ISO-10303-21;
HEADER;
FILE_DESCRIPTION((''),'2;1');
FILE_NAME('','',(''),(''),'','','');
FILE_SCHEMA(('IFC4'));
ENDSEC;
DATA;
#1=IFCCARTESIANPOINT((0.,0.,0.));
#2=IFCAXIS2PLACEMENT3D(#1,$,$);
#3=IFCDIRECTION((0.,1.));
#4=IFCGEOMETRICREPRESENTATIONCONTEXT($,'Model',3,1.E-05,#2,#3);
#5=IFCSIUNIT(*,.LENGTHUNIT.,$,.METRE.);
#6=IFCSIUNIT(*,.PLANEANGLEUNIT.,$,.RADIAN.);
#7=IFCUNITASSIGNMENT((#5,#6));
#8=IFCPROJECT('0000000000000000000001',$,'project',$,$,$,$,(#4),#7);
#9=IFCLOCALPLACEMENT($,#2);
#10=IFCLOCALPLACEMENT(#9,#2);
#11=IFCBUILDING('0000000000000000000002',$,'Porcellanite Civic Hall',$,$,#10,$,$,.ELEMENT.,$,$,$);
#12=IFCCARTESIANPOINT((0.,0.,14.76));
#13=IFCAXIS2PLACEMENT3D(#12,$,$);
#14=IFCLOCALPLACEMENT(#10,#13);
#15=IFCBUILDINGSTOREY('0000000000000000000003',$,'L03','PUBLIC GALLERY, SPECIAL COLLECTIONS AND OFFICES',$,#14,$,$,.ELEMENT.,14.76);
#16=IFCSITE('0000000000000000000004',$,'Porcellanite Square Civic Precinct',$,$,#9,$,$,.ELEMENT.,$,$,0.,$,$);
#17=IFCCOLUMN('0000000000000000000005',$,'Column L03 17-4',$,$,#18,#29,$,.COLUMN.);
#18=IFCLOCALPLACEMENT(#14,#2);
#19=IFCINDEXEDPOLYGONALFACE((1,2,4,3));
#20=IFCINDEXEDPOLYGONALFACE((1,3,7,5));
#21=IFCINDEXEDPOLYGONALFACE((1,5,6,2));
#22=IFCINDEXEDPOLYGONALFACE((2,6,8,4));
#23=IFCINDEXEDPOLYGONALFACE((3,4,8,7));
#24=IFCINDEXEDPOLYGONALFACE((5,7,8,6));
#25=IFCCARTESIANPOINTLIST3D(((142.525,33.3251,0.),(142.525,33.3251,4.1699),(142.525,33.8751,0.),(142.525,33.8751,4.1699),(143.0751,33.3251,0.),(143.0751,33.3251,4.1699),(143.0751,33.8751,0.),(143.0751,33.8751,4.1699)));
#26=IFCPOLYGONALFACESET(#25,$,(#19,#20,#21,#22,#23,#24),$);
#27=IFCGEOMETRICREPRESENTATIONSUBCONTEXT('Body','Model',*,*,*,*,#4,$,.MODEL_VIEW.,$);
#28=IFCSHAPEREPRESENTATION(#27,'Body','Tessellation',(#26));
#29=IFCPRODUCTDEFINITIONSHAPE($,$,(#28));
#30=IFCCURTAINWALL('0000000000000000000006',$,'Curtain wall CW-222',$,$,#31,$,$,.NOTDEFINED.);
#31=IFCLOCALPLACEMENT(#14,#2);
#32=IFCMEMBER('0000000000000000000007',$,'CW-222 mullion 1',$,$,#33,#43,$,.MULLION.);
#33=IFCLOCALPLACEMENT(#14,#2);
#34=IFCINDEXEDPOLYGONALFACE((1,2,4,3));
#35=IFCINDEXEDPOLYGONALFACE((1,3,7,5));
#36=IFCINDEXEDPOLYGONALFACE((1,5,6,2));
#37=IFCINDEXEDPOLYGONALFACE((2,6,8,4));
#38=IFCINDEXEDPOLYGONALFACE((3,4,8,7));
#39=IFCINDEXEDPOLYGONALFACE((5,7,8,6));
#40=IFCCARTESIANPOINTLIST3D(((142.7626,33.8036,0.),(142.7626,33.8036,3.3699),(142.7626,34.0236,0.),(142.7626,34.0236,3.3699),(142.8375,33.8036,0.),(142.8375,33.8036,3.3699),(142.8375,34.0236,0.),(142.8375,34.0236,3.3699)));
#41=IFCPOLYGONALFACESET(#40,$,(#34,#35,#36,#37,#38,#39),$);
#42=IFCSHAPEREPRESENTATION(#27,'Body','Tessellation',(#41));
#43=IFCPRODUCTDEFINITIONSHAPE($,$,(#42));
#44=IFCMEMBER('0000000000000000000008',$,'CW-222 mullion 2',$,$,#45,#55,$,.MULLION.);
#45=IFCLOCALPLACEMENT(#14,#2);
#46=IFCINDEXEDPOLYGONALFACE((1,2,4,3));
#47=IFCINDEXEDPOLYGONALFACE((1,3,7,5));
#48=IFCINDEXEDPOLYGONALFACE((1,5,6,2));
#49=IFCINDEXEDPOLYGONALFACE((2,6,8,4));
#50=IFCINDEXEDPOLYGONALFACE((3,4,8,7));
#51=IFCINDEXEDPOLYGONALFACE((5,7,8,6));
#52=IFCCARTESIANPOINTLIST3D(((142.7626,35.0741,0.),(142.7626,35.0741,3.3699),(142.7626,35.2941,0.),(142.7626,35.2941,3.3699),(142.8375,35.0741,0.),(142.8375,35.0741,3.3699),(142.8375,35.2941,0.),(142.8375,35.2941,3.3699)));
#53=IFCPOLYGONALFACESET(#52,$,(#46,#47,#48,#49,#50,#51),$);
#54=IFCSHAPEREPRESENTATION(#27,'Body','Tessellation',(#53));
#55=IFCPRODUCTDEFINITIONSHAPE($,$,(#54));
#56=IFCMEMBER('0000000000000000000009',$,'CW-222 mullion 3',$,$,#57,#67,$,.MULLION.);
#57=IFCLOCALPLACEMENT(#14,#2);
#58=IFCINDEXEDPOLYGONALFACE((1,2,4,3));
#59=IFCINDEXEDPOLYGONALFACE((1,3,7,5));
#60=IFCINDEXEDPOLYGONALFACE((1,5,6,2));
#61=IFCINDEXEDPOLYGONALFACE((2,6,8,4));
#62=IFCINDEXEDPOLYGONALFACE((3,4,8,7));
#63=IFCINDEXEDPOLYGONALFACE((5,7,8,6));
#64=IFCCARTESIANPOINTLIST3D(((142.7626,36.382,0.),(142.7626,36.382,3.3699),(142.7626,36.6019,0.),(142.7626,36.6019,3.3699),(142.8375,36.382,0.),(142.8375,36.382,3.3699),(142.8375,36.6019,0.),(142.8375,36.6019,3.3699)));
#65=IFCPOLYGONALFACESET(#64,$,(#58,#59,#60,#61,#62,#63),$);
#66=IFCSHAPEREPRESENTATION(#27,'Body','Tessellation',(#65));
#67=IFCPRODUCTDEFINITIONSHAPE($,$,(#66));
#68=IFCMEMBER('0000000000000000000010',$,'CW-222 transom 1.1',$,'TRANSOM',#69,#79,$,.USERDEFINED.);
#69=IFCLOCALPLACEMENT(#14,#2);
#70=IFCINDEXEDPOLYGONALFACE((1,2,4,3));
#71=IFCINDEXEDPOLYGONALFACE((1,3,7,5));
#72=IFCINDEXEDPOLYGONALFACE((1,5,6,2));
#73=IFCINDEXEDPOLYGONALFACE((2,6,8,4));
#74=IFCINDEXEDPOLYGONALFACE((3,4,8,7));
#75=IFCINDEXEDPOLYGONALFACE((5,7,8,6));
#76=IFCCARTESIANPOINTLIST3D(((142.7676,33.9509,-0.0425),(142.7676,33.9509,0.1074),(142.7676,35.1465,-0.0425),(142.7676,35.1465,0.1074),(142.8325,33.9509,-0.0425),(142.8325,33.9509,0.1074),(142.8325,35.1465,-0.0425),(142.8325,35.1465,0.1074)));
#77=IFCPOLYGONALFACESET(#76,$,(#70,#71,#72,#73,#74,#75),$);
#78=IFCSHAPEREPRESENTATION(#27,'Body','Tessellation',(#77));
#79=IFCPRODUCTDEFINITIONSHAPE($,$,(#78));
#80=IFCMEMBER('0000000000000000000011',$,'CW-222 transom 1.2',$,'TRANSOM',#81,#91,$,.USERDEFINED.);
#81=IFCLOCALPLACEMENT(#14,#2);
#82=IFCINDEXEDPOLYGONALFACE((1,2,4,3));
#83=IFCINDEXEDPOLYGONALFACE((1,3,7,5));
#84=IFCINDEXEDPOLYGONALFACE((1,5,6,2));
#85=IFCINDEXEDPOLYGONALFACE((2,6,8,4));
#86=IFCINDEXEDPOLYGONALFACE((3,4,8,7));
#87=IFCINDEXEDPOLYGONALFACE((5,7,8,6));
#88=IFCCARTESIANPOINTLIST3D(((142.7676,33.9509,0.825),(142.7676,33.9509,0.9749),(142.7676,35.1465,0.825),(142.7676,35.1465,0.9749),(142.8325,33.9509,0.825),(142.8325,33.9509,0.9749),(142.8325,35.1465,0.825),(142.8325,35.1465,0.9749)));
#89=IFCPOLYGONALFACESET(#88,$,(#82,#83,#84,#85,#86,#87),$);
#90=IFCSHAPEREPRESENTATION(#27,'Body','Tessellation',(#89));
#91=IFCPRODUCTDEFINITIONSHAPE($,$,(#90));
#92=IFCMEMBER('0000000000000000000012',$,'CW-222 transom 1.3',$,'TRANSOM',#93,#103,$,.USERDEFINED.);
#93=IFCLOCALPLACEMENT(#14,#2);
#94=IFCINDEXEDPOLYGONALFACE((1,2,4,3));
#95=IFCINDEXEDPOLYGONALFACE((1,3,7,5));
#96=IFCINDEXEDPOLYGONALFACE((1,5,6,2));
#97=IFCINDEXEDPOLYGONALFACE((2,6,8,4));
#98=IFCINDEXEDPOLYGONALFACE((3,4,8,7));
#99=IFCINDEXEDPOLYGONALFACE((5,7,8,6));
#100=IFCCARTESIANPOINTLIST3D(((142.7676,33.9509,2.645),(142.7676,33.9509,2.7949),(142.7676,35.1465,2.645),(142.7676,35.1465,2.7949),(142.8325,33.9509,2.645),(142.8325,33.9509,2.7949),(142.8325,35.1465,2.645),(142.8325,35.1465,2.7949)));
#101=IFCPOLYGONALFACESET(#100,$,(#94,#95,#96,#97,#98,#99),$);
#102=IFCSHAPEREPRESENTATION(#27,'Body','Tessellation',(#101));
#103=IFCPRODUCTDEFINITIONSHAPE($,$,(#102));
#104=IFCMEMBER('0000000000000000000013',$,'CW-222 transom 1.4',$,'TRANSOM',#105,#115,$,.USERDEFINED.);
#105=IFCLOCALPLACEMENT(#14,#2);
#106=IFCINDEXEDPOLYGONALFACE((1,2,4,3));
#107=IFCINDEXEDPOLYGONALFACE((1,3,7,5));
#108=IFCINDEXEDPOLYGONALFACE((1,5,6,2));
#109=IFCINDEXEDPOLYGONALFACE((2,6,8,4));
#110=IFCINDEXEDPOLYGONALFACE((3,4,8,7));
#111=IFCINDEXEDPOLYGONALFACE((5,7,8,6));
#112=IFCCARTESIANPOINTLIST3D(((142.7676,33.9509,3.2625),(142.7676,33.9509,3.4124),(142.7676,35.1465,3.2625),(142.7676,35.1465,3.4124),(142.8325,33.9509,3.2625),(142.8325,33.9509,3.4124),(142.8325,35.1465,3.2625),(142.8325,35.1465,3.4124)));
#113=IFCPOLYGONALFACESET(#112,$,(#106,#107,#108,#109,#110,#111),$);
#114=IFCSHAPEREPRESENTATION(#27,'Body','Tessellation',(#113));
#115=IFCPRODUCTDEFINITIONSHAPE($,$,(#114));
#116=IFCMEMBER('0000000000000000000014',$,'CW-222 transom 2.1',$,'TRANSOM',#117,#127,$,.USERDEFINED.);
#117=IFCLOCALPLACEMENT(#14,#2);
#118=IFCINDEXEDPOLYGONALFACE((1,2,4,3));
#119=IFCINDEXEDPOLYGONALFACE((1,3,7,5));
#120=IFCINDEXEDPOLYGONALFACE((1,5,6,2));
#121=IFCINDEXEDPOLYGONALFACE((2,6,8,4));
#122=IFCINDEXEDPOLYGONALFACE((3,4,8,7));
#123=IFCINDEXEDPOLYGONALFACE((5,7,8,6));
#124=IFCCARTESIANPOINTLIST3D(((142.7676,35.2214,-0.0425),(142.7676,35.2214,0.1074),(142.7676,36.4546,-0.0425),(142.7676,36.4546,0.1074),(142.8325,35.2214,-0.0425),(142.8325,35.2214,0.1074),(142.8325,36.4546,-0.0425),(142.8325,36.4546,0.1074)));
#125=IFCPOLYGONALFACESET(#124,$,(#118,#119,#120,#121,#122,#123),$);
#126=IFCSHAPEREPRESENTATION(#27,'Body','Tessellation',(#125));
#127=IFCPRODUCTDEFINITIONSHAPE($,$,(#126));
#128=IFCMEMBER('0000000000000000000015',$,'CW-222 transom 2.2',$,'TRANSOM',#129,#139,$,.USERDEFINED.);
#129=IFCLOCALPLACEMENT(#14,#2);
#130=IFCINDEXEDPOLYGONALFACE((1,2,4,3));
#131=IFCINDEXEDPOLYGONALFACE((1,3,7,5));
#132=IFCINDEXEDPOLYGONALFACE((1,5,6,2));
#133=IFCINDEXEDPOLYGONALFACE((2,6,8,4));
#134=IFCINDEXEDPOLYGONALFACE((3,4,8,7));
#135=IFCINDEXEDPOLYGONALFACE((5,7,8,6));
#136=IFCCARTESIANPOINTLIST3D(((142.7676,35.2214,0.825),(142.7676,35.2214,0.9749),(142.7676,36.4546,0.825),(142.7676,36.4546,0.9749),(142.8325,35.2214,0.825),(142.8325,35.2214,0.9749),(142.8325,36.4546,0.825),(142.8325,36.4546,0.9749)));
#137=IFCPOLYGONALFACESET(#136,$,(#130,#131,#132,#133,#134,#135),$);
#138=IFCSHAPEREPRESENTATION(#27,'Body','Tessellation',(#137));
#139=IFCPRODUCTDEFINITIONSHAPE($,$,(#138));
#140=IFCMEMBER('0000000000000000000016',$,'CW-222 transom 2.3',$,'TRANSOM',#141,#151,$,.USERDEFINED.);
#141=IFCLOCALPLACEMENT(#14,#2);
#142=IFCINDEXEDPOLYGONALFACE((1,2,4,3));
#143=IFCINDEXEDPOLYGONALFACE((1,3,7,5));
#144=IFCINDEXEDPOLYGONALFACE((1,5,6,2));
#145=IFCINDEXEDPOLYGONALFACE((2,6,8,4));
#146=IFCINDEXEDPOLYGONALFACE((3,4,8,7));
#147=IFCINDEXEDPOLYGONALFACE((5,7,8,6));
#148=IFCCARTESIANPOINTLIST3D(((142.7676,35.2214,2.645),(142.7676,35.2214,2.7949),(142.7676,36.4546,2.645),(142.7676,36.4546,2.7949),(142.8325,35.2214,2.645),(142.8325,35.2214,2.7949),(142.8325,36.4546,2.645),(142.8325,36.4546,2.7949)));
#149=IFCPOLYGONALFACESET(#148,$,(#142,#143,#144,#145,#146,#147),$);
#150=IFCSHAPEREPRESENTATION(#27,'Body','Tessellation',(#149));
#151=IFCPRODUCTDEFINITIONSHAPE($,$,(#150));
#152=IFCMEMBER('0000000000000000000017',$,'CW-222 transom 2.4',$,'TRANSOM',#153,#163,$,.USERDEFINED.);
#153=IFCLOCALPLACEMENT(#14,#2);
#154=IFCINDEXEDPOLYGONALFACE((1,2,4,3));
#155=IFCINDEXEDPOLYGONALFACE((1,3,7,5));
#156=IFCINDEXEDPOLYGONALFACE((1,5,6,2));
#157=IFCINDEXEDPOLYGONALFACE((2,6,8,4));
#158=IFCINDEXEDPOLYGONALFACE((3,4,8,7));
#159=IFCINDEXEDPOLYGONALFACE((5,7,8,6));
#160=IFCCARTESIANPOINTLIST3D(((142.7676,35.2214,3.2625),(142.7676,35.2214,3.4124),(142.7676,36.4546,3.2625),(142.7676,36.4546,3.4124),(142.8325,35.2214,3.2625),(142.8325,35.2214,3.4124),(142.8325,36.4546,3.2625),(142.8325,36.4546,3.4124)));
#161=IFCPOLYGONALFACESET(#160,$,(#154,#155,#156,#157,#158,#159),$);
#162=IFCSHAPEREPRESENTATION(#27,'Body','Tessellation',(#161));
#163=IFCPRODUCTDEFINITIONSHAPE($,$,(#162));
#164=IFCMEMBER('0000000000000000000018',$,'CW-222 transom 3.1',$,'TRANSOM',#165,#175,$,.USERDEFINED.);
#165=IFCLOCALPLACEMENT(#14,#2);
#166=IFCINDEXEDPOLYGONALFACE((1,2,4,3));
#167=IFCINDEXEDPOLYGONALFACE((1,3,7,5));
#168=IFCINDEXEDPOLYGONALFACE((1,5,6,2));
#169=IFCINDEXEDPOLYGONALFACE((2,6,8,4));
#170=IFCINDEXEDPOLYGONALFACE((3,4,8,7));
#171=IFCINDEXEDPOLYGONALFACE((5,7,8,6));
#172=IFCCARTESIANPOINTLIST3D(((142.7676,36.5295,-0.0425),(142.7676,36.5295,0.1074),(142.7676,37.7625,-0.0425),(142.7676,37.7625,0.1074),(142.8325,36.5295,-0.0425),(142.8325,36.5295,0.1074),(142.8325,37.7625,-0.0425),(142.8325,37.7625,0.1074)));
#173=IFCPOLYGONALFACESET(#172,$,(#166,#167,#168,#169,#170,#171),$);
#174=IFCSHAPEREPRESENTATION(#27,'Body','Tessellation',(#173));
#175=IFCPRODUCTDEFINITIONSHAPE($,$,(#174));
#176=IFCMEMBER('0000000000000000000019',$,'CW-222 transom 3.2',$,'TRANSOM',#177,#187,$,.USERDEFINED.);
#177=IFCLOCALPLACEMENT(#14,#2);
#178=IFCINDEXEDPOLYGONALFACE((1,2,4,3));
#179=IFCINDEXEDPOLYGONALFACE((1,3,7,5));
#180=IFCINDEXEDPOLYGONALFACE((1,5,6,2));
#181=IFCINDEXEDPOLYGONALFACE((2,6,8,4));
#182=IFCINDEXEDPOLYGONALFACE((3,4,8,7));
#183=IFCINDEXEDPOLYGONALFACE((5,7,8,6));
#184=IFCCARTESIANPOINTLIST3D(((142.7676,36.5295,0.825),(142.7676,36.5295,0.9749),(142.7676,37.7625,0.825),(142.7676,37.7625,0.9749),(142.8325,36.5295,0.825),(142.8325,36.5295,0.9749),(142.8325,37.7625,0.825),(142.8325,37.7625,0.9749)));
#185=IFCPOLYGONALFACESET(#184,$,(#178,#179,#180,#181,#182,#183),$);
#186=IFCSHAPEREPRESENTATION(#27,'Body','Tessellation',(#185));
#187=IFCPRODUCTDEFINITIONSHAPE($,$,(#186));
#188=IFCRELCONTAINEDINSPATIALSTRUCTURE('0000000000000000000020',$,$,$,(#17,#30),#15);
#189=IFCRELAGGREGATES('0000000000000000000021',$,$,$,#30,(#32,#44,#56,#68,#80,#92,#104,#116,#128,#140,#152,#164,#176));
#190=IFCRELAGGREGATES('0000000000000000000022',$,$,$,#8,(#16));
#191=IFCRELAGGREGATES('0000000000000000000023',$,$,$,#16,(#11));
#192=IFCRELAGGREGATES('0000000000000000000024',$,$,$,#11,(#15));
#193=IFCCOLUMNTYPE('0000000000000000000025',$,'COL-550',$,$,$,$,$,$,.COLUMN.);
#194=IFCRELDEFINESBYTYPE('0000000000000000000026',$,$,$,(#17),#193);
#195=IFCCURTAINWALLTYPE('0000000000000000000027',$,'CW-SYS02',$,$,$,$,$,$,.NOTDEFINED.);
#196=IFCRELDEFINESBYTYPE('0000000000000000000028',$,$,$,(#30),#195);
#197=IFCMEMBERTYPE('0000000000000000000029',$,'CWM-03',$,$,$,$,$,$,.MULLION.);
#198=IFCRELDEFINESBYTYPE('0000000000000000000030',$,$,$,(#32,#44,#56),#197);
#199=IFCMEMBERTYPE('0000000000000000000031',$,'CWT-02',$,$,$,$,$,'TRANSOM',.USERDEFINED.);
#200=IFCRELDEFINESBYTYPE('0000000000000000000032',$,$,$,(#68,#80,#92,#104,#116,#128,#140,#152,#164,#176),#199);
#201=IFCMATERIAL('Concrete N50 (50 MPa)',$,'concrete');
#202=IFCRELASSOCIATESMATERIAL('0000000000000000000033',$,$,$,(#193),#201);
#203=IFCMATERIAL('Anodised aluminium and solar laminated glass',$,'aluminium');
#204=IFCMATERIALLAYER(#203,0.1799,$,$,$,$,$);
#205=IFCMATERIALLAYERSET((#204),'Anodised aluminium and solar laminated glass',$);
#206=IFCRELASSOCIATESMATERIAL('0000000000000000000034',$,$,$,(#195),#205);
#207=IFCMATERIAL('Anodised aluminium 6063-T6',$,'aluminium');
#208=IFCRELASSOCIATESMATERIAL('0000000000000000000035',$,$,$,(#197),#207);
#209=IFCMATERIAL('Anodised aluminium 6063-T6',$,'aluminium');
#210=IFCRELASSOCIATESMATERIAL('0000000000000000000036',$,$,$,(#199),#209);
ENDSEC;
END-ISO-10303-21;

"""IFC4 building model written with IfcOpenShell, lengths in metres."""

from ifc_helpers import new_model, si_unit, direction, frame, origin, origin_2d, place, context, subcontext, project, spatial, rectangle, extrude, material, layer, layer_set, material_profile, profile_set, type_object, element, aggregate, save


model = new_model("IFC4")

# Units and contexts
model_context = context("Model", 3, precision=1e-05, world=origin(), true_north=direction((0.0, 1.0)))
body_context = subcontext(model_context, "Body", "Model", "MODEL_VIEW")
ifc_project = project(units=[si_unit("LENGTHUNIT", "METRE"), si_unit("PLANEANGLEUNIT", "RADIAN")], contexts=[model_context])

# Site, building, storey
site_placement = place(None, origin())
site = spatial("IfcSite", under=ifc_project, at=site_placement, Name="Porcellanite Square Civic Precinct", CompositionType="ELEMENT", RefElevation=0.0)
building_placement = place(site_placement, origin())
building = spatial("IfcBuilding", under=site, at=building_placement, Name="Porcellanite Civic Hall", CompositionType="ELEMENT")
storey_placement = place(building_placement, frame((0.0, 0.0, 14.76)))
storey = spatial("IfcBuildingStorey", under=building, at=storey_placement, Name="L03", Description="PUBLIC GALLERY, SPECIAL COLLECTIONS AND OFFICES", CompositionType="ELEMENT", Elevation=14.76)

# Column
ifc_material_1 = material(Name="Concrete N50 (50 MPa)", Category="concrete")
ifc_material_profile_1 = material_profile(ifc_material_1, rectangle(XDim=0.55, YDim=0.55, at=origin_2d()), Name="RC-550x550")
ifc_profile_set_1 = profile_set([ifc_material_profile_1], Name="Concrete N50 (50 MPa)")
column_type = type_object("IfcColumnType", Name="COL-550", PredefinedType="COLUMN", material=ifc_profile_set_1)
column_placement = place(storey_placement, frame((142.8, 33.6001, 0.0), z_axis=(0.0, 0.0, 1.0), x_axis=(1.0, 0.0, 0.0)))
element("IfcColumn", 1, at=column_placement, inside=storey, type_object=column_type, Name="Column L03 17-4", PredefinedType="COLUMN", context=body_context, shape_type="SweptSolid", body=[
    extrude(rectangle(XDim=0.55, YDim=0.55, at=origin_2d()), origin(), (0.0, 0.0, 1.0), 4.1699),
])

# Curtain wall, members
ifc_material_2 = material(Name="Anodised aluminium and solar laminated glass", Category="aluminium")
ifc_layer_1 = layer(ifc_material_2, 0.1799)
ifc_layer_set_1 = layer_set([ifc_layer_1], Name="Anodised aluminium and solar laminated glass")
curtain_wall_type = type_object("IfcCurtainWallType", Name="CW-SYS02", PredefinedType="NOTDEFINED", material=ifc_layer_set_1)
curtain_wall_placement = place(storey_placement, origin())
curtain_wall = element("IfcCurtainWall", 2, at=curtain_wall_placement, inside=storey, type_object=curtain_wall_type, Name="Curtain wall CW-222", PredefinedType="NOTDEFINED")
ifc_material_3 = material(Name="Anodised aluminium 6063-T6", Category="aluminium")
ifc_material_profile_2 = material_profile(ifc_material_3, rectangle(XDim=0.075, YDim=0.22, at=origin_2d()), Name="AL-75x220")
ifc_profile_set_2 = profile_set([ifc_material_profile_2], Name="Anodised aluminium 6063-T6")
member_type_1 = type_object("IfcMemberType", Name="CWM-03", PredefinedType="MULLION", material=ifc_profile_set_2)
member_1_placement = place(storey_placement, frame((142.8, 33.9136, 0.0), z_axis=(0.0, 0.0, 1.0), x_axis=(-1.0, 0.0, 0.0)))
member_1 = element("IfcMember", 3, at=member_1_placement, type_object=member_type_1, Name="CW-222 mullion 1", PredefinedType="MULLION", context=body_context, shape_type="SweptSolid", body=[
    extrude(rectangle(XDim=0.075, YDim=0.22, at=origin_2d()), origin(), (0.0, 0.0, 1.0), 3.3699),
])
member_2_placement = place(storey_placement, frame((142.8, 35.1841, 0.0), z_axis=(0.0, 0.0, 1.0), x_axis=(-1.0, 0.0, 0.0)))
member_2 = element("IfcMember", 4, at=member_2_placement, type_object=member_type_1, Name="CW-222 mullion 2", PredefinedType="MULLION", context=body_context, shape_type="SweptSolid", body=[
    extrude(rectangle(XDim=0.075, YDim=0.22, at=origin_2d()), origin(), (0.0, 0.0, 1.0), 3.3699),
])
member_3_placement = place(storey_placement, frame((142.8, 36.4919, 0.0), z_axis=(0.0, 0.0, 1.0), x_axis=(-1.0, 0.0, 0.0)))
member_3 = element("IfcMember", 5, at=member_3_placement, type_object=member_type_1, Name="CW-222 mullion 3", PredefinedType="MULLION", context=body_context, shape_type="SweptSolid", body=[
    extrude(rectangle(XDim=0.075, YDim=0.22, at=origin_2d()), origin(), (0.0, 0.0, 1.0), 3.3699),
])
ifc_material_4 = material(Name="Anodised aluminium 6063-T6", Category="aluminium")
ifc_material_profile_3 = material_profile(ifc_material_4, rectangle(XDim=0.0649, YDim=0.1499, at=origin_2d()), Name="AL-65x150")
ifc_profile_set_3 = profile_set([ifc_material_profile_3], Name="Anodised aluminium 6063-T6")
member_type_2 = type_object("IfcMemberType", Name="CWT-02", ElementType="TRANSOM", PredefinedType="USERDEFINED", material=ifc_profile_set_3)
member_4_placement = place(storey_placement, frame((142.8, 33.9509, 0.0325), z_axis=(0.0, 1.0, 0.0), x_axis=(-1.0, 0.0, 0.0)))
member_4 = element("IfcMember", 6, at=member_4_placement, type_object=member_type_2, Name="CW-222 transom 1.1", ObjectType="TRANSOM", PredefinedType="USERDEFINED", context=body_context, shape_type="SweptSolid", body=[
    extrude(rectangle(XDim=0.0649, YDim=0.1499, at=origin_2d()), origin(), (0.0, 0.0, 1.0), 1.1956),
])
member_5_placement = place(storey_placement, frame((142.8, 33.9509, 0.8999), z_axis=(0.0, 1.0, 0.0), x_axis=(-1.0, 0.0, 0.0)))
member_5 = element("IfcMember", 7, at=member_5_placement, type_object=member_type_2, Name="CW-222 transom 1.2", ObjectType="TRANSOM", PredefinedType="USERDEFINED", context=body_context, shape_type="SweptSolid", body=[
    extrude(rectangle(XDim=0.0649, YDim=0.1499, at=origin_2d()), origin(), (0.0, 0.0, 1.0), 1.1956),
])
member_6_placement = place(storey_placement, frame((142.8, 33.9509, 2.72), z_axis=(0.0, 1.0, 0.0), x_axis=(-1.0, 0.0, 0.0)))
member_6 = element("IfcMember", 8, at=member_6_placement, type_object=member_type_2, Name="CW-222 transom 1.3", ObjectType="TRANSOM", PredefinedType="USERDEFINED", context=body_context, shape_type="SweptSolid", body=[
    extrude(rectangle(XDim=0.0649, YDim=0.1499, at=origin_2d()), origin(), (0.0, 0.0, 1.0), 1.1956),
])
member_7_placement = place(storey_placement, frame((142.8, 33.9509, 3.3374), z_axis=(0.0, 1.0, 0.0), x_axis=(-1.0, 0.0, 0.0)))
member_7 = element("IfcMember", 9, at=member_7_placement, type_object=member_type_2, Name="CW-222 transom 1.4", ObjectType="TRANSOM", PredefinedType="USERDEFINED", context=body_context, shape_type="SweptSolid", body=[
    extrude(rectangle(XDim=0.0649, YDim=0.1499, at=origin_2d()), origin(), (0.0, 0.0, 1.0), 1.1956),
])
member_8_placement = place(storey_placement, frame((142.8, 35.2214, 0.0325), z_axis=(0.0, 1.0, 0.0), x_axis=(-1.0, 0.0, 0.0)))
member_8 = element("IfcMember", 10, at=member_8_placement, type_object=member_type_2, Name="CW-222 transom 2.1", ObjectType="TRANSOM", PredefinedType="USERDEFINED", context=body_context, shape_type="SweptSolid", body=[
    extrude(rectangle(XDim=0.0649, YDim=0.1499, at=origin_2d()), origin(), (0.0, 0.0, 1.0), 1.2332),
])
member_9_placement = place(storey_placement, frame((142.8, 35.2214, 0.8999), z_axis=(0.0, 1.0, 0.0), x_axis=(-1.0, 0.0, 0.0)))
member_9 = element("IfcMember", 11, at=member_9_placement, type_object=member_type_2, Name="CW-222 transom 2.2", ObjectType="TRANSOM", PredefinedType="USERDEFINED", context=body_context, shape_type="SweptSolid", body=[
    extrude(rectangle(XDim=0.0649, YDim=0.1499, at=origin_2d()), origin(), (0.0, 0.0, 1.0), 1.2332),
])
member_10_placement = place(storey_placement, frame((142.8, 35.2214, 2.72), z_axis=(0.0, 1.0, 0.0), x_axis=(-1.0, 0.0, 0.0)))
member_10 = element("IfcMember", 12, at=member_10_placement, type_object=member_type_2, Name="CW-222 transom 2.3", ObjectType="TRANSOM", PredefinedType="USERDEFINED", context=body_context, shape_type="SweptSolid", body=[
    extrude(rectangle(XDim=0.0649, YDim=0.1499, at=origin_2d()), origin(), (0.0, 0.0, 1.0), 1.2332),
])
member_11_placement = place(storey_placement, frame((142.8, 35.2214, 3.3374), z_axis=(0.0, 1.0, 0.0), x_axis=(-1.0, 0.0, 0.0)))
member_11 = element("IfcMember", 13, at=member_11_placement, type_object=member_type_2, Name="CW-222 transom 2.4", ObjectType="TRANSOM", PredefinedType="USERDEFINED", context=body_context, shape_type="SweptSolid", body=[
    extrude(rectangle(XDim=0.0649, YDim=0.1499, at=origin_2d()), origin(), (0.0, 0.0, 1.0), 1.2332),
])
member_12_placement = place(storey_placement, frame((142.8, 36.5295, 0.0325), z_axis=(0.0, 1.0, 0.0), x_axis=(-1.0, 0.0, 0.0)))
member_12 = element("IfcMember", 14, at=member_12_placement, type_object=member_type_2, Name="CW-222 transom 3.1", ObjectType="TRANSOM", PredefinedType="USERDEFINED", context=body_context, shape_type="SweptSolid", body=[
    extrude(rectangle(XDim=0.0649, YDim=0.1499, at=origin_2d()), origin(), (0.0, 0.0, 1.0), 1.2329),
])
member_13_placement = place(storey_placement, frame((142.8, 36.5295, 0.8999), z_axis=(0.0, 1.0, 0.0), x_axis=(-1.0, 0.0, 0.0)))
member_13 = element("IfcMember", 15, at=member_13_placement, type_object=member_type_2, Name="CW-222 transom 3.2", ObjectType="TRANSOM", PredefinedType="USERDEFINED", context=body_context, shape_type="SweptSolid", body=[
    extrude(rectangle(XDim=0.0649, YDim=0.1499, at=origin_2d()), origin(), (0.0, 0.0, 1.0), 1.2329),
])

aggregate(curtain_wall, [member_1, member_2, member_3, member_4, member_5, member_6, member_7, member_8, member_9, member_10, member_11, member_12, member_13])

save(model, "model.ifc")
